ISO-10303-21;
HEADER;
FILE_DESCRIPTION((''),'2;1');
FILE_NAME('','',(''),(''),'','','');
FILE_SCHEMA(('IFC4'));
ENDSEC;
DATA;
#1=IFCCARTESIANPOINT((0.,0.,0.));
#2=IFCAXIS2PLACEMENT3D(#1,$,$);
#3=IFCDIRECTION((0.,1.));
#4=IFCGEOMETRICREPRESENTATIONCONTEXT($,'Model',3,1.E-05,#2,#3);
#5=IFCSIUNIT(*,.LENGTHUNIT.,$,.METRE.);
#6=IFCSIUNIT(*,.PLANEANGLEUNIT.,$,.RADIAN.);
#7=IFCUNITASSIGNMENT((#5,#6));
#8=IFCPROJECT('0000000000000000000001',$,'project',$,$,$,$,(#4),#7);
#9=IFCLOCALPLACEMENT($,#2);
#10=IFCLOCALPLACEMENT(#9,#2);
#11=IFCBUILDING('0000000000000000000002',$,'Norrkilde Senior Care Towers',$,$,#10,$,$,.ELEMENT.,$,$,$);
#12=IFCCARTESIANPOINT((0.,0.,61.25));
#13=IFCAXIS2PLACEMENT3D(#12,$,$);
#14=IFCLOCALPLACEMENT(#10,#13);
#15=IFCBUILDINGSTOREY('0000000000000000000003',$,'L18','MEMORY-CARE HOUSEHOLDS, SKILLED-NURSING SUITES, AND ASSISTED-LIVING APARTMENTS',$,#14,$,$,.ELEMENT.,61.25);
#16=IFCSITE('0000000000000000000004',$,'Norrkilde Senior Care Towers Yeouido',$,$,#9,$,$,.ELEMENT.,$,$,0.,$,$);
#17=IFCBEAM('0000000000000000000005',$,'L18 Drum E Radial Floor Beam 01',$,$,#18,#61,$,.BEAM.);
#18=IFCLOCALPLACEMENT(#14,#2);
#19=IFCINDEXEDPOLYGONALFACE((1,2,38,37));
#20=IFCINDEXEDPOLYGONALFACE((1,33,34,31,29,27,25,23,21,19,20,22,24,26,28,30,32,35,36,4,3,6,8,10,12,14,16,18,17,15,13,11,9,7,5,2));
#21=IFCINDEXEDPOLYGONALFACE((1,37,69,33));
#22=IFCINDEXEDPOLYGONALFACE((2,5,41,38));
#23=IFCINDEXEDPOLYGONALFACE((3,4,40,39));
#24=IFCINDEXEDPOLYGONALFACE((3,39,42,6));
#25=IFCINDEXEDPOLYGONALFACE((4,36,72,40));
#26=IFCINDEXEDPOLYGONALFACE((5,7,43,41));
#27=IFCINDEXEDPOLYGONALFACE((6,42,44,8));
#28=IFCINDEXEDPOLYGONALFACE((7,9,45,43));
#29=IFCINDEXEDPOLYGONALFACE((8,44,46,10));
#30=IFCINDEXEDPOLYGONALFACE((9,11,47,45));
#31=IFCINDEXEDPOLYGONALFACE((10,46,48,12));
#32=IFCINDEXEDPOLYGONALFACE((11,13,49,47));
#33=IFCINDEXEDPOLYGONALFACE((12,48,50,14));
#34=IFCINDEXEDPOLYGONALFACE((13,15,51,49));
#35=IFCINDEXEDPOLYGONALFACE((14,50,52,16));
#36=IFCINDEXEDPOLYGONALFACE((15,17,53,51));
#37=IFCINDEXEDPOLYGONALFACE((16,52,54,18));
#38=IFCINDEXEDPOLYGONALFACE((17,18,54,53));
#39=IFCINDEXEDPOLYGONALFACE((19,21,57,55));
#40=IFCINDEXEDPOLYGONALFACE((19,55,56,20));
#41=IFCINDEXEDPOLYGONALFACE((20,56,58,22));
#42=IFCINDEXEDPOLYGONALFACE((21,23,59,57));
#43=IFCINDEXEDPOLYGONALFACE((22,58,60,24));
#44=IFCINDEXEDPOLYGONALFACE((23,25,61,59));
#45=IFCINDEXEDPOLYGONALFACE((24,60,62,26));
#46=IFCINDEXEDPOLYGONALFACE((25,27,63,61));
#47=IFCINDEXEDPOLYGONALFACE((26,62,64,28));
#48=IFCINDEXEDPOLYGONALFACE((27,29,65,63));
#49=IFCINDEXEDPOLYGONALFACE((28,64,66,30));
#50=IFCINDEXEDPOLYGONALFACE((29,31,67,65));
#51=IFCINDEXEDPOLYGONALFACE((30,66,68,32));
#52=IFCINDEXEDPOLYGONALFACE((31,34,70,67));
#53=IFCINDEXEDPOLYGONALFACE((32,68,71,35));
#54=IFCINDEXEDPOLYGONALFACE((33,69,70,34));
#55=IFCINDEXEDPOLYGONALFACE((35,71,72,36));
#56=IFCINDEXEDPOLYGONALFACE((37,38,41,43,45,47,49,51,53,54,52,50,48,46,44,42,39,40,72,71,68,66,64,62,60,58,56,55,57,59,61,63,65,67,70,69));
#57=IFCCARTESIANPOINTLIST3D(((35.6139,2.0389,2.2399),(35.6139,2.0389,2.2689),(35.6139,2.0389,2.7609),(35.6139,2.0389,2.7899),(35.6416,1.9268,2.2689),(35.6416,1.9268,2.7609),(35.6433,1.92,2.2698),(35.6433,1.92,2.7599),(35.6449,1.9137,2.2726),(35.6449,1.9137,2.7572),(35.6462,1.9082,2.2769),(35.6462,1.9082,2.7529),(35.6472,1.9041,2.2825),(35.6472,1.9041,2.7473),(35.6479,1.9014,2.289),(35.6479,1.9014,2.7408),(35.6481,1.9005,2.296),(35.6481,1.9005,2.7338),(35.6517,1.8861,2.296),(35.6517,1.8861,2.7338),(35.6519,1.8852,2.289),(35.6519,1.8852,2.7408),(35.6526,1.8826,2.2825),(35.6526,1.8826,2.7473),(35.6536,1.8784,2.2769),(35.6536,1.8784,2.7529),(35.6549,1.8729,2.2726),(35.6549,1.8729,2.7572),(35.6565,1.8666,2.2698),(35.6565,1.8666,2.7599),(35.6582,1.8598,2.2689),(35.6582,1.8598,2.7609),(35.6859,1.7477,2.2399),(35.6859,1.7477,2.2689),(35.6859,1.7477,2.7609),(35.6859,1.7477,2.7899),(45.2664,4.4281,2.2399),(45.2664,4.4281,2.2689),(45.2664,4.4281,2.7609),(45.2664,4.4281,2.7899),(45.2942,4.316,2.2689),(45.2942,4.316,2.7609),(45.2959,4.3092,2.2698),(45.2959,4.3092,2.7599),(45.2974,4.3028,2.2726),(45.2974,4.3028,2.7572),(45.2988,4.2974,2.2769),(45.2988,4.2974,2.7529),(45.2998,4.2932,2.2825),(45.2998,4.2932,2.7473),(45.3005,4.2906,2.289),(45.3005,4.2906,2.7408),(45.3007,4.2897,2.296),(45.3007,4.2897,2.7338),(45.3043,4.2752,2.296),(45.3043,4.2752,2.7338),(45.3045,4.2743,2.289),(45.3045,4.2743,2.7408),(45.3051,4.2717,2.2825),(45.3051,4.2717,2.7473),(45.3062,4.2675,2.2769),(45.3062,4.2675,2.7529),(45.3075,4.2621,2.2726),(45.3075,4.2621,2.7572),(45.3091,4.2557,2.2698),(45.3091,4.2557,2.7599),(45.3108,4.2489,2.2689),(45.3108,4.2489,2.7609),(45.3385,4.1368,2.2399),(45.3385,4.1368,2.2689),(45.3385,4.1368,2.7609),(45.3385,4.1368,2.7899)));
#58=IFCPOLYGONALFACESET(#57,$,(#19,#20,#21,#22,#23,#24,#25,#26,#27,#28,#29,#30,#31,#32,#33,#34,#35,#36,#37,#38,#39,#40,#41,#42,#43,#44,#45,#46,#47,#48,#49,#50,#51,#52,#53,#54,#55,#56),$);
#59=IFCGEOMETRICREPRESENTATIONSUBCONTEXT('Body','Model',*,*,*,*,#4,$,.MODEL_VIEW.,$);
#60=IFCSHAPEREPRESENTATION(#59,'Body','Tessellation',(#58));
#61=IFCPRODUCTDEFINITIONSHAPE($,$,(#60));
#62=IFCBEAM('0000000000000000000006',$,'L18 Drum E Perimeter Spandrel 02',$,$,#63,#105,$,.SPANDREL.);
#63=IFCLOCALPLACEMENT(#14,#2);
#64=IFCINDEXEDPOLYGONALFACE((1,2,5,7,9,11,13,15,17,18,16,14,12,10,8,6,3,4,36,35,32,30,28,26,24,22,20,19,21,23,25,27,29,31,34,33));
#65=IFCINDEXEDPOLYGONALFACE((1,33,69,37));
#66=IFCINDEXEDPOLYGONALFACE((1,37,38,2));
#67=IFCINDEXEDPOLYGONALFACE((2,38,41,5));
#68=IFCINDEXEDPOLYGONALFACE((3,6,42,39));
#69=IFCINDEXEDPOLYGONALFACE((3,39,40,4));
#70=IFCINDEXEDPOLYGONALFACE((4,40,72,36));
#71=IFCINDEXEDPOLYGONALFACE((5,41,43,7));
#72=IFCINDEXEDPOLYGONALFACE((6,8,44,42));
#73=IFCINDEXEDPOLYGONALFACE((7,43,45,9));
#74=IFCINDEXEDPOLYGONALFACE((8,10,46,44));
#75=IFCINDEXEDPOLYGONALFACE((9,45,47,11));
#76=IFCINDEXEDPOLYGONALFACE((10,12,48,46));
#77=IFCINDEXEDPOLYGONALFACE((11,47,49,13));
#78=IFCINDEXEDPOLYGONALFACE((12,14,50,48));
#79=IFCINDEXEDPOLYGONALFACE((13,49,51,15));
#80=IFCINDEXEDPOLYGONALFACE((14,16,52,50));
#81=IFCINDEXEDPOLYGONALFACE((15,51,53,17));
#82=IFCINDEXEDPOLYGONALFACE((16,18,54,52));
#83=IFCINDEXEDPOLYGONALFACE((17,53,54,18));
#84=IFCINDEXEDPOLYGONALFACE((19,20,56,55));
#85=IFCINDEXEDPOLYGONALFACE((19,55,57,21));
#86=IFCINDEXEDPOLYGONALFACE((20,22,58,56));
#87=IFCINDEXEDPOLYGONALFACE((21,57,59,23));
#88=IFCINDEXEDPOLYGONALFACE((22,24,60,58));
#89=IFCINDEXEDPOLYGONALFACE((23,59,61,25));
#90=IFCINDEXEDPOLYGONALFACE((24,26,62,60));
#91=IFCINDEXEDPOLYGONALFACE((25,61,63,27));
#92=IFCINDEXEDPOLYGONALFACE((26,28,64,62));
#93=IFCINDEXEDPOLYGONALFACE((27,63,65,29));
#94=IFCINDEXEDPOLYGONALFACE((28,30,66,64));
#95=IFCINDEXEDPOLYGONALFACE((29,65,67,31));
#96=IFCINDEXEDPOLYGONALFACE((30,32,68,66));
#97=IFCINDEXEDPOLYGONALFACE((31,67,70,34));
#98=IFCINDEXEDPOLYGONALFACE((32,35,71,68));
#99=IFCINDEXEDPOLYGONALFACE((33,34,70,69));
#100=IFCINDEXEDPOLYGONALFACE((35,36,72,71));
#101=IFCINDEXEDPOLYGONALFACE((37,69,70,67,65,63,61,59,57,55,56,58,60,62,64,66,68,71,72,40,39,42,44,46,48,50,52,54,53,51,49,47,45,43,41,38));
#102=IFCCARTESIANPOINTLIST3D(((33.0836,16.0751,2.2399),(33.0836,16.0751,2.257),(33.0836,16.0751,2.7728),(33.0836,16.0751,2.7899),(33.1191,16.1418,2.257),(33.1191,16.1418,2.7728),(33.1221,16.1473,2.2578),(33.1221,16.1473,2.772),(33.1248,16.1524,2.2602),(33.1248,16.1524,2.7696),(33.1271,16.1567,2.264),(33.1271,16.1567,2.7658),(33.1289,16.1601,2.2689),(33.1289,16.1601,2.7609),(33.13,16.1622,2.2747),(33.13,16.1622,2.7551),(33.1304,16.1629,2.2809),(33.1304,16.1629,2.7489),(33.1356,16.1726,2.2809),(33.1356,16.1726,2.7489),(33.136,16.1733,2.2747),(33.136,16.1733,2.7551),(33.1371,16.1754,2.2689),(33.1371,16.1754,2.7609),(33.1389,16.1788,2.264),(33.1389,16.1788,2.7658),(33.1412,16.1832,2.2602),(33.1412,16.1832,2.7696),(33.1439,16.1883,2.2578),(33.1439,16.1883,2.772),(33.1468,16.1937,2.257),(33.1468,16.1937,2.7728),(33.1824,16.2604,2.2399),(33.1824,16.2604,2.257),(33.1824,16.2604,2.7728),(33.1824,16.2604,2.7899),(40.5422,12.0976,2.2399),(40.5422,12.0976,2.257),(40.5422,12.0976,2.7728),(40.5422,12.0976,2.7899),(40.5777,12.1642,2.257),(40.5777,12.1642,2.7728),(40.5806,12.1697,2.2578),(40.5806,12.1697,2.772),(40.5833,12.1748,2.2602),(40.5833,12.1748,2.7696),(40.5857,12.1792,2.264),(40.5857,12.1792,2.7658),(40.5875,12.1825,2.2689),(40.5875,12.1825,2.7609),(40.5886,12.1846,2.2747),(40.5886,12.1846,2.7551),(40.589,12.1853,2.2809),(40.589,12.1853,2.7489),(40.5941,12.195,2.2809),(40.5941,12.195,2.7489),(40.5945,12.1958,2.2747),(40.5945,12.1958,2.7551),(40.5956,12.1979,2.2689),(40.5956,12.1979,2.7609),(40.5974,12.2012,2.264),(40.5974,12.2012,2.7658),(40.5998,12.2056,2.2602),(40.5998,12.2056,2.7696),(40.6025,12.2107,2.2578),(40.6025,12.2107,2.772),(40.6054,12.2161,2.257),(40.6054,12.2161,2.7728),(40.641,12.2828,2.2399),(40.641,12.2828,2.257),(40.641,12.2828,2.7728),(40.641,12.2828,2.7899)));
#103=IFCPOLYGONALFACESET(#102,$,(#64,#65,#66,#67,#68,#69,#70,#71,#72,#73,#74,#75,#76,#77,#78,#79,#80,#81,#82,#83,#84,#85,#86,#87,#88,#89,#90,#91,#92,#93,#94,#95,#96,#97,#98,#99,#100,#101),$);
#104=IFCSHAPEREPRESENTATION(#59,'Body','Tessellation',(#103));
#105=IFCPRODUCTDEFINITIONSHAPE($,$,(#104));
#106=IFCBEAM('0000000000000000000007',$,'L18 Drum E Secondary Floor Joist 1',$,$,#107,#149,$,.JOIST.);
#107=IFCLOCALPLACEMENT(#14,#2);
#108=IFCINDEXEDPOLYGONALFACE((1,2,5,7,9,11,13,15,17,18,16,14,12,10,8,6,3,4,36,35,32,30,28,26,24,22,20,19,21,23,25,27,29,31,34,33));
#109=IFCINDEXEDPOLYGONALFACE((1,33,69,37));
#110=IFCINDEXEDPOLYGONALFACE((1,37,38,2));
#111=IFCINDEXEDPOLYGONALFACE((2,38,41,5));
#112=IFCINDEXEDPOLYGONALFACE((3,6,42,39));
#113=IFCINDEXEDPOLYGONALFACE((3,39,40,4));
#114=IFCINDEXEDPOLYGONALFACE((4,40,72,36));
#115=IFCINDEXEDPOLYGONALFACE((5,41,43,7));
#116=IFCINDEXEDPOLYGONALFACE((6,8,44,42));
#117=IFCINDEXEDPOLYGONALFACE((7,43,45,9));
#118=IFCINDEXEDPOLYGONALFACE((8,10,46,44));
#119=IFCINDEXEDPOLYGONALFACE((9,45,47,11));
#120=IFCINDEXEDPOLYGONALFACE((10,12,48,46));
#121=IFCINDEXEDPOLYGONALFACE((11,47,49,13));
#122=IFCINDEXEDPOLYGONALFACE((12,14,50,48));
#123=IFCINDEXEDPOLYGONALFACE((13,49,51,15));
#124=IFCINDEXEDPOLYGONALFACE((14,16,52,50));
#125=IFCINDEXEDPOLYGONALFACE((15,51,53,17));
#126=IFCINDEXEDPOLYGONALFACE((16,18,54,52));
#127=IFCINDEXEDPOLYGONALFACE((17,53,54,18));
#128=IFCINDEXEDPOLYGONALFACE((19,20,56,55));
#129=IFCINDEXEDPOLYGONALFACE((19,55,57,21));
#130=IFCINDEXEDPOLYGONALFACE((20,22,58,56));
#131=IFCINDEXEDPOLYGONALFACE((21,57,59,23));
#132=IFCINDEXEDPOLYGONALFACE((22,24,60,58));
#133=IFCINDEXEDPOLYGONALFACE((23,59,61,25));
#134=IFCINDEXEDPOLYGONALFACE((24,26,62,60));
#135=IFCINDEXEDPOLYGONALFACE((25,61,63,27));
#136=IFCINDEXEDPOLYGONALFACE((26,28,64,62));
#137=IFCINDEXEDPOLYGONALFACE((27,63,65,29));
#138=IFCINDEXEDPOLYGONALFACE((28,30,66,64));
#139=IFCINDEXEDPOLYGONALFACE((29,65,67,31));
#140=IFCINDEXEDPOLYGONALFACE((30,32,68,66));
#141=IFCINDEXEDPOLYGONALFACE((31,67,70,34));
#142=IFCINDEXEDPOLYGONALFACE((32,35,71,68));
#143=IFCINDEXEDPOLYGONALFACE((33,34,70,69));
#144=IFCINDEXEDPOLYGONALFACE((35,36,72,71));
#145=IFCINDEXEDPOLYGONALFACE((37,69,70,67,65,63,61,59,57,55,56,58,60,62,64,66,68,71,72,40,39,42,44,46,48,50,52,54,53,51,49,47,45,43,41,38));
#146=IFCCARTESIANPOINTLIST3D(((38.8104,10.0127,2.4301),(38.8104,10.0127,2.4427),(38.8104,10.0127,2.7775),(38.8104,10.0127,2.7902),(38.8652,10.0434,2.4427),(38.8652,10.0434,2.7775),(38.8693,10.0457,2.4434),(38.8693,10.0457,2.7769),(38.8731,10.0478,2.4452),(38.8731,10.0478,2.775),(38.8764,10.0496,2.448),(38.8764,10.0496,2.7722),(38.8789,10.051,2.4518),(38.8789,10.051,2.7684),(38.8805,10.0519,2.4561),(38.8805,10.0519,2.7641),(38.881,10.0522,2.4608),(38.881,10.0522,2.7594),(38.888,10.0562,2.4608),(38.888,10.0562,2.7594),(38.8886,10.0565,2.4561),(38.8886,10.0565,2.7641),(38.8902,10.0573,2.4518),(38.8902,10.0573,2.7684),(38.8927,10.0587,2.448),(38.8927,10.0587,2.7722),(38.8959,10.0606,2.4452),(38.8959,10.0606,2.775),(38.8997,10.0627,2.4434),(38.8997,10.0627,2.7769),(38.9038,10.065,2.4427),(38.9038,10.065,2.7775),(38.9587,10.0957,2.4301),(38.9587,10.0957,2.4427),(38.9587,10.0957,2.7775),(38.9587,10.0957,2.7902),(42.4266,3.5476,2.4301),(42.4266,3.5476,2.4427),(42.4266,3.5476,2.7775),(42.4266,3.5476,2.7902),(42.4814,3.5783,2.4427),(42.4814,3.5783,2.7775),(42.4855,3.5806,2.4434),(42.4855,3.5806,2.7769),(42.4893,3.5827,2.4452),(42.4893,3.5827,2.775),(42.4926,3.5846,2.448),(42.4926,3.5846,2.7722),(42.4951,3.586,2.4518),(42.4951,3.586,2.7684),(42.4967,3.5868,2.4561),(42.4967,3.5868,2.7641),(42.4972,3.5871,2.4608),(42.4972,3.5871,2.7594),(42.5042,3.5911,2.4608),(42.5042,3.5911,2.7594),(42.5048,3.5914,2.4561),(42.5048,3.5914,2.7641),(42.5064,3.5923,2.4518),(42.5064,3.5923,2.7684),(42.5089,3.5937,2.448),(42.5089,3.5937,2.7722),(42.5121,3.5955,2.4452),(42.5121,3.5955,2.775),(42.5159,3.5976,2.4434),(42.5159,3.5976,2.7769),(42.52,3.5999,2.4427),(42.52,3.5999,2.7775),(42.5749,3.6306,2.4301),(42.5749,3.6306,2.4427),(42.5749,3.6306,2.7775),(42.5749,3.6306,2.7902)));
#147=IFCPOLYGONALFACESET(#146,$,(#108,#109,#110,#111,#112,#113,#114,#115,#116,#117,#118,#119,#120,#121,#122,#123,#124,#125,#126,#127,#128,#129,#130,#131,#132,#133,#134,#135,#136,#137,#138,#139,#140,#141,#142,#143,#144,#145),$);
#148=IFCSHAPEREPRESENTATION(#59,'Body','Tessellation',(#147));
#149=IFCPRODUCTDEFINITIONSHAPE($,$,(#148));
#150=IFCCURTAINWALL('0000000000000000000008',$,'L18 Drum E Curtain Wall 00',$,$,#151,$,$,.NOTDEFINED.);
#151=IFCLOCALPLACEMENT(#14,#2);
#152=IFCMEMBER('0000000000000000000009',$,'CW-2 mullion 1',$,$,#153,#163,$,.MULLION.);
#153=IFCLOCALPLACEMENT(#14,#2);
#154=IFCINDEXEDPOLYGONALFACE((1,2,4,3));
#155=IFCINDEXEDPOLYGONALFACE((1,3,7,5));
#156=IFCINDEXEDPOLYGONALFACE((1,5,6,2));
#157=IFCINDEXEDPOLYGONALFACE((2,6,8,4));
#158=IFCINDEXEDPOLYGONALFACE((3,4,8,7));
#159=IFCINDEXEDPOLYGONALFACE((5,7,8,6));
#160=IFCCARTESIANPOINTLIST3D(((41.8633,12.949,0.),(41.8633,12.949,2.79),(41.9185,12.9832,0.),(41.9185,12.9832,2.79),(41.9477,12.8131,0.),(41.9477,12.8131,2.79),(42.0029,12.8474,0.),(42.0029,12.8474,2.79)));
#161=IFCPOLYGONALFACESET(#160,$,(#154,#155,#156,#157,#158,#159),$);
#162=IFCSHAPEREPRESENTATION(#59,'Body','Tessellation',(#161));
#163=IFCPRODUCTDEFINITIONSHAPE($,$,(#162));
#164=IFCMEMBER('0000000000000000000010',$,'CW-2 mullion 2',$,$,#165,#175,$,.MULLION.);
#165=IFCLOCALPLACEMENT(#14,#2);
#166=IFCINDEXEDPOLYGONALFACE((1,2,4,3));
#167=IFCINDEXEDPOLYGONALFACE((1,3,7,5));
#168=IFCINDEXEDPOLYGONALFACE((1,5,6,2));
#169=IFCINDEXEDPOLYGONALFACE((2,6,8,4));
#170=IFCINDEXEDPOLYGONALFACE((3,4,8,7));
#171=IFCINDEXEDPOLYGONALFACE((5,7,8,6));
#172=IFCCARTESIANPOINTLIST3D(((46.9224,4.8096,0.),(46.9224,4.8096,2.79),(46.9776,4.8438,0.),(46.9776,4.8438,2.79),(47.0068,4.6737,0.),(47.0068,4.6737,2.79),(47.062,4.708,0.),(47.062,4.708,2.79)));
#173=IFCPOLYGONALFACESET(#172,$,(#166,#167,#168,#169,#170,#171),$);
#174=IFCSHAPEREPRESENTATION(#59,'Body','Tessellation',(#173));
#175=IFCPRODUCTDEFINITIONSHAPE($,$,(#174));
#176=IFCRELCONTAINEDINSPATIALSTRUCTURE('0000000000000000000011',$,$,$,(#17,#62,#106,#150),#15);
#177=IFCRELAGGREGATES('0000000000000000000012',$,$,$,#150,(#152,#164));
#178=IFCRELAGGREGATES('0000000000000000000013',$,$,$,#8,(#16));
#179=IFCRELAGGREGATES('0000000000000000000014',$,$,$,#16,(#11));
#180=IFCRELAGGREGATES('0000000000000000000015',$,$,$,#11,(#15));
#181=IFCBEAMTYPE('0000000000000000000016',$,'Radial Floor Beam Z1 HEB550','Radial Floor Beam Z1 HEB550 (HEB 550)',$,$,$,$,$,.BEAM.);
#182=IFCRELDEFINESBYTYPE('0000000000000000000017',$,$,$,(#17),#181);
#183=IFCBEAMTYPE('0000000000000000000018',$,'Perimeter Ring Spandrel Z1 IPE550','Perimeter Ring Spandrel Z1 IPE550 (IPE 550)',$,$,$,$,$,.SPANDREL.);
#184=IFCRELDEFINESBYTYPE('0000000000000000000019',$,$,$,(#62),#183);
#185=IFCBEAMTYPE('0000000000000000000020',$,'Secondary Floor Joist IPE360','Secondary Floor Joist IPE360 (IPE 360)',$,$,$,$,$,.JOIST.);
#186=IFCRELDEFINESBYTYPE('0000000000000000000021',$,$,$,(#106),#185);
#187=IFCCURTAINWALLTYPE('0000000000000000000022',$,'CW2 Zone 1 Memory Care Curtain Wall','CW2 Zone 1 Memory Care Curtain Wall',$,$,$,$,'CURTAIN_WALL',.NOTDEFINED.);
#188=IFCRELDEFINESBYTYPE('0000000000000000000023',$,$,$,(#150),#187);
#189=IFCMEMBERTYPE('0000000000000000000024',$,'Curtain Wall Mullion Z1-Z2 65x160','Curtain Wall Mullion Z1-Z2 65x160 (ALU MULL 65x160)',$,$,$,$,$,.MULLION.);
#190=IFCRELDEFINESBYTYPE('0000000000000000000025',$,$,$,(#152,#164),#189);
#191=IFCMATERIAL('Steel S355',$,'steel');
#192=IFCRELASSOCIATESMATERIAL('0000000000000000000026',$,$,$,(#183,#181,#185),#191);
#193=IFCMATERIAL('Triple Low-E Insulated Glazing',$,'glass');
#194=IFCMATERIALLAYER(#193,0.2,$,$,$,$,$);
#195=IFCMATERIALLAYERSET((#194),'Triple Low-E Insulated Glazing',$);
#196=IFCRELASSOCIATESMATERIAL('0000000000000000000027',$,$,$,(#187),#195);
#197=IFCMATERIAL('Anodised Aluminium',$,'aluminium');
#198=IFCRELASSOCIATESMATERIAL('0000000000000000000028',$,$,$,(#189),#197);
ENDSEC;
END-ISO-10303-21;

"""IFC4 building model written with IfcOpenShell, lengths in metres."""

from ifc_helpers import new_model, si_unit, direction, frame, origin, origin_2d, place, context, subcontext, project, spatial, rectangle, i_section, extrude, source, transform, mapped, material, layer, layer_set, material_profile, profile_set, type_object, type_shapes, element, aggregate, save


model = new_model("IFC4")

# Units and contexts
model_context = context("Model", 3, precision=1e-05, world=origin(), true_north=direction((0.0, 1.0)))
body_context = subcontext(model_context, "Body", "Model", "MODEL_VIEW")
ifc_project = project(units=[si_unit("LENGTHUNIT", "METRE"), si_unit("PLANEANGLEUNIT", "RADIAN")], contexts=[model_context])

# Site, building, storey
site_placement = place(None, origin())
site = spatial("IfcSite", under=ifc_project, at=site_placement, Name="Norrkilde Senior Care Towers Yeouido", CompositionType="ELEMENT", RefElevation=0.0)
building_placement = place(site_placement, origin())
building = spatial("IfcBuilding", under=site, at=building_placement, Name="Norrkilde Senior Care Towers", CompositionType="ELEMENT")
storey_placement = place(building_placement, frame((0.0, 0.0, 61.25)))
storey = spatial("IfcBuildingStorey", under=building, at=storey_placement, Name="L18", Description="MEMORY-CARE HOUSEHOLDS, SKILLED-NURSING SUITES, AND ASSISTED-LIVING APARTMENTS", CompositionType="ELEMENT", Elevation=61.25)

# Beams
ifc_material_1 = material(Name="Steel S355", Category="steel")
ifc_material_profile_1 = material_profile(ifc_material_1, i_section(OverallWidth=0.21, OverallDepth=0.55, WebThickness=0.011, FlangeThickness=0.0171, FilletRadius=0.0239, at=origin_2d()), Name="IPE 550")
ifc_profile_set_1 = profile_set([ifc_material_profile_1], Name="Steel S355")
beam_type_1 = type_object("IfcBeamType", Name="Perimeter Ring Spandrel Z1 IPE550", Description="Perimeter Ring Spandrel Z1 IPE550 (IPE 550)", PredefinedType="SPANDREL", material=ifc_profile_set_1)
ifc_material_profile_2 = material_profile(ifc_material_1, i_section(OverallWidth=0.3, OverallDepth=0.55, WebThickness=0.0149, FlangeThickness=0.0291, FilletRadius=0.0271, at=origin_2d()), Name="HEB 550")
ifc_profile_set_2 = profile_set([ifc_material_profile_2], Name="Steel S355")
beam_type_2 = type_object("IfcBeamType", Name="Radial Floor Beam Z1 HEB550", Description="Radial Floor Beam Z1 HEB550 (HEB 550)", PredefinedType="BEAM", material=ifc_profile_set_2)
shared_shape_1 = source(origin(), body_context, "Body", "SweptSolid", [
    extrude(i_section(OverallWidth=0.3, OverallDepth=0.55, WebThickness=0.0149, FlangeThickness=0.0291, FilletRadius=0.0271, at=origin_2d()), origin(), (0.0, 0.0, 1.0), 9.9438),
])
type_shapes(beam_type_2, [shared_shape_1])
beam_1_placement = place(storey_placement, frame((35.6499, 1.8933, 2.5149), z_axis=(0.970707, 0.240265, 0.0), x_axis=(-0.240265, 0.970707, 0.0)))
element("IfcBeam", 1, at=beam_1_placement, inside=storey, type_object=beam_type_2, Name="L18 Drum E Radial Floor Beam 01", PredefinedType="BEAM", context=body_context, shape_type="MappedRepresentation", body=[
    mapped(shared_shape_1, transform((0.0, 0.0, 0.0), x_axis=(1.0, 0.0, 0.0), y_axis=(0.0, 1.0, 0.0), z_axis=(0.0, 0.0, 1.0), scale=1.0)),
])
shared_shape_2 = source(origin(), body_context, "Body", "SweptSolid", [
    extrude(i_section(OverallWidth=0.21, OverallDepth=0.55, WebThickness=0.011, FlangeThickness=0.0171, FilletRadius=0.0239, at=origin_2d()), origin(), (0.0, 0.0, 1.0), 8.4529),
])
beam_2_placement = place(storey_placement, frame((40.5916, 12.1902, 2.5149), z_axis=(-0.882369, 0.470558, 0.0), x_axis=(-0.470558, -0.882369, 0.0)))
element("IfcBeam", 2, at=beam_2_placement, inside=storey, type_object=beam_type_1, Name="L18 Drum E Perimeter Spandrel 02", PredefinedType="SPANDREL", context=body_context, shape_type="MappedRepresentation", body=[
    mapped(shared_shape_2, transform((0.0, 0.0, 0.0), x_axis=(1.0, 0.0, 0.0), y_axis=(0.0, 1.0, 0.0), z_axis=(0.0, 0.0, 1.0), scale=1.0)),
])
ifc_material_profile_3 = material_profile(ifc_material_1, i_section(OverallWidth=0.1699, OverallDepth=0.3601, WebThickness=0.0081, FlangeThickness=0.0127, FilletRadius=0.0181, at=origin_2d()), Name="IPE 360")
ifc_profile_set_3 = profile_set([ifc_material_profile_3], Name="Steel S355")
beam_type_3 = type_object("IfcBeamType", Name="Secondary Floor Joist IPE360", Description="Secondary Floor Joist IPE360 (IPE 360)", PredefinedType="JOIST", material=ifc_profile_set_3)
shared_shape_3 = source(origin(), body_context, "Body", "SweptSolid", [
    extrude(i_section(OverallWidth=0.1699, OverallDepth=0.3601, WebThickness=0.0081, FlangeThickness=0.0127, FilletRadius=0.0181, at=origin_2d()), origin(), (0.0, 0.0, 1.0), 7.4077),
])
type_shapes(beam_type_3, [shared_shape_3])
beam_3_placement = place(storey_placement, frame((42.5007, 3.5891, 2.6101), z_axis=(-0.488168, 0.87275, 0.0), x_axis=(-0.87275, -0.488168, 0.0)))
element("IfcBeam", 3, at=beam_3_placement, inside=storey, type_object=beam_type_3, Name="L18 Drum E Secondary Floor Joist 1", PredefinedType="JOIST", context=body_context, shape_type="MappedRepresentation", body=[
    mapped(shared_shape_3, transform((0.0, 0.0, 0.0), x_axis=(1.0, 0.0, 0.0), y_axis=(0.0, 1.0, 0.0), z_axis=(0.0, 0.0, 1.0), scale=1.0)),
])

# Curtain wall, members
ifc_material_2 = material(Name="Triple Low-E Insulated Glazing", Category="glass")
ifc_layer_1 = layer(ifc_material_2, 0.2)
ifc_layer_set_1 = layer_set([ifc_layer_1], Name="Triple Low-E Insulated Glazing")
curtain_wall_type = type_object("IfcCurtainWallType", Name="CW2 Zone 1 Memory Care Curtain Wall", Description="CW2 Zone 1 Memory Care Curtain Wall", ElementType="CURTAIN_WALL", PredefinedType="NOTDEFINED", material=ifc_layer_set_1)
curtain_wall_1_placement = place(storey_placement, origin())
curtain_wall_1 = element("IfcCurtainWall", 4, at=curtain_wall_1_placement, inside=storey, type_object=curtain_wall_type, Name="L18 Drum E Curtain Wall 00", PredefinedType="NOTDEFINED")
ifc_material_3 = material(Name="Anodised Aluminium", Category="aluminium")
ifc_material_profile_4 = material_profile(ifc_material_3, rectangle(XDim=0.0649, YDim=0.1599, at=origin_2d()), Name="ALU MULL 65x160")
ifc_profile_set_4 = profile_set([ifc_material_profile_4], Name="Anodised Aluminium")
member_type_1 = type_object("IfcMemberType", Name="Curtain Wall Mullion Z1-Z2 65x160", Description="Curtain Wall Mullion Z1-Z2 65x160 (ALU MULL 65x160)", PredefinedType="MULLION", material=ifc_profile_set_4)
shared_shape_4 = source(origin(), body_context, "Body", "SweptSolid", [
    extrude(rectangle(XDim=0.0649, YDim=0.1599, at=origin_2d()), origin(), (0.0, 0.0, 1.0), 2.79),
])
type_shapes(member_type_1, [shared_shape_4])
member_1_placement = place(storey_placement, frame((41.9331, 12.8982, 0.0), z_axis=(0.0, 0.0, 1.0), x_axis=(0.849306, 0.527901, 0.0)))
member_1 = element("IfcMember", 5, at=member_1_placement, type_object=member_type_1, Name="CW-2 mullion 1", PredefinedType="MULLION", context=body_context, shape_type="MappedRepresentation", body=[
    mapped(shared_shape_4, transform((0.0, 0.0, 0.0), x_axis=(1.0, 0.0, 0.0), y_axis=(0.0, 1.0, 0.0), z_axis=(0.0, 0.0, 1.0), scale=1.0)),
])
member_2_placement = place(storey_placement, frame((46.9922, 4.7588, 0.0), z_axis=(0.0, 0.0, 1.0), x_axis=(0.849306, 0.527901, 0.0)))
member_2 = element("IfcMember", 6, at=member_2_placement, type_object=member_type_1, Name="CW-2 mullion 2", PredefinedType="MULLION", context=body_context, shape_type="MappedRepresentation", body=[
    mapped(shared_shape_4, transform((0.0, 0.0, 0.0), x_axis=(1.0, 0.0, 0.0), y_axis=(0.0, 1.0, 0.0), z_axis=(0.0, 0.0, 1.0), scale=1.0)),
])

aggregate(curtain_wall_1, [member_1, member_2])

save(model, "model.ifc")
